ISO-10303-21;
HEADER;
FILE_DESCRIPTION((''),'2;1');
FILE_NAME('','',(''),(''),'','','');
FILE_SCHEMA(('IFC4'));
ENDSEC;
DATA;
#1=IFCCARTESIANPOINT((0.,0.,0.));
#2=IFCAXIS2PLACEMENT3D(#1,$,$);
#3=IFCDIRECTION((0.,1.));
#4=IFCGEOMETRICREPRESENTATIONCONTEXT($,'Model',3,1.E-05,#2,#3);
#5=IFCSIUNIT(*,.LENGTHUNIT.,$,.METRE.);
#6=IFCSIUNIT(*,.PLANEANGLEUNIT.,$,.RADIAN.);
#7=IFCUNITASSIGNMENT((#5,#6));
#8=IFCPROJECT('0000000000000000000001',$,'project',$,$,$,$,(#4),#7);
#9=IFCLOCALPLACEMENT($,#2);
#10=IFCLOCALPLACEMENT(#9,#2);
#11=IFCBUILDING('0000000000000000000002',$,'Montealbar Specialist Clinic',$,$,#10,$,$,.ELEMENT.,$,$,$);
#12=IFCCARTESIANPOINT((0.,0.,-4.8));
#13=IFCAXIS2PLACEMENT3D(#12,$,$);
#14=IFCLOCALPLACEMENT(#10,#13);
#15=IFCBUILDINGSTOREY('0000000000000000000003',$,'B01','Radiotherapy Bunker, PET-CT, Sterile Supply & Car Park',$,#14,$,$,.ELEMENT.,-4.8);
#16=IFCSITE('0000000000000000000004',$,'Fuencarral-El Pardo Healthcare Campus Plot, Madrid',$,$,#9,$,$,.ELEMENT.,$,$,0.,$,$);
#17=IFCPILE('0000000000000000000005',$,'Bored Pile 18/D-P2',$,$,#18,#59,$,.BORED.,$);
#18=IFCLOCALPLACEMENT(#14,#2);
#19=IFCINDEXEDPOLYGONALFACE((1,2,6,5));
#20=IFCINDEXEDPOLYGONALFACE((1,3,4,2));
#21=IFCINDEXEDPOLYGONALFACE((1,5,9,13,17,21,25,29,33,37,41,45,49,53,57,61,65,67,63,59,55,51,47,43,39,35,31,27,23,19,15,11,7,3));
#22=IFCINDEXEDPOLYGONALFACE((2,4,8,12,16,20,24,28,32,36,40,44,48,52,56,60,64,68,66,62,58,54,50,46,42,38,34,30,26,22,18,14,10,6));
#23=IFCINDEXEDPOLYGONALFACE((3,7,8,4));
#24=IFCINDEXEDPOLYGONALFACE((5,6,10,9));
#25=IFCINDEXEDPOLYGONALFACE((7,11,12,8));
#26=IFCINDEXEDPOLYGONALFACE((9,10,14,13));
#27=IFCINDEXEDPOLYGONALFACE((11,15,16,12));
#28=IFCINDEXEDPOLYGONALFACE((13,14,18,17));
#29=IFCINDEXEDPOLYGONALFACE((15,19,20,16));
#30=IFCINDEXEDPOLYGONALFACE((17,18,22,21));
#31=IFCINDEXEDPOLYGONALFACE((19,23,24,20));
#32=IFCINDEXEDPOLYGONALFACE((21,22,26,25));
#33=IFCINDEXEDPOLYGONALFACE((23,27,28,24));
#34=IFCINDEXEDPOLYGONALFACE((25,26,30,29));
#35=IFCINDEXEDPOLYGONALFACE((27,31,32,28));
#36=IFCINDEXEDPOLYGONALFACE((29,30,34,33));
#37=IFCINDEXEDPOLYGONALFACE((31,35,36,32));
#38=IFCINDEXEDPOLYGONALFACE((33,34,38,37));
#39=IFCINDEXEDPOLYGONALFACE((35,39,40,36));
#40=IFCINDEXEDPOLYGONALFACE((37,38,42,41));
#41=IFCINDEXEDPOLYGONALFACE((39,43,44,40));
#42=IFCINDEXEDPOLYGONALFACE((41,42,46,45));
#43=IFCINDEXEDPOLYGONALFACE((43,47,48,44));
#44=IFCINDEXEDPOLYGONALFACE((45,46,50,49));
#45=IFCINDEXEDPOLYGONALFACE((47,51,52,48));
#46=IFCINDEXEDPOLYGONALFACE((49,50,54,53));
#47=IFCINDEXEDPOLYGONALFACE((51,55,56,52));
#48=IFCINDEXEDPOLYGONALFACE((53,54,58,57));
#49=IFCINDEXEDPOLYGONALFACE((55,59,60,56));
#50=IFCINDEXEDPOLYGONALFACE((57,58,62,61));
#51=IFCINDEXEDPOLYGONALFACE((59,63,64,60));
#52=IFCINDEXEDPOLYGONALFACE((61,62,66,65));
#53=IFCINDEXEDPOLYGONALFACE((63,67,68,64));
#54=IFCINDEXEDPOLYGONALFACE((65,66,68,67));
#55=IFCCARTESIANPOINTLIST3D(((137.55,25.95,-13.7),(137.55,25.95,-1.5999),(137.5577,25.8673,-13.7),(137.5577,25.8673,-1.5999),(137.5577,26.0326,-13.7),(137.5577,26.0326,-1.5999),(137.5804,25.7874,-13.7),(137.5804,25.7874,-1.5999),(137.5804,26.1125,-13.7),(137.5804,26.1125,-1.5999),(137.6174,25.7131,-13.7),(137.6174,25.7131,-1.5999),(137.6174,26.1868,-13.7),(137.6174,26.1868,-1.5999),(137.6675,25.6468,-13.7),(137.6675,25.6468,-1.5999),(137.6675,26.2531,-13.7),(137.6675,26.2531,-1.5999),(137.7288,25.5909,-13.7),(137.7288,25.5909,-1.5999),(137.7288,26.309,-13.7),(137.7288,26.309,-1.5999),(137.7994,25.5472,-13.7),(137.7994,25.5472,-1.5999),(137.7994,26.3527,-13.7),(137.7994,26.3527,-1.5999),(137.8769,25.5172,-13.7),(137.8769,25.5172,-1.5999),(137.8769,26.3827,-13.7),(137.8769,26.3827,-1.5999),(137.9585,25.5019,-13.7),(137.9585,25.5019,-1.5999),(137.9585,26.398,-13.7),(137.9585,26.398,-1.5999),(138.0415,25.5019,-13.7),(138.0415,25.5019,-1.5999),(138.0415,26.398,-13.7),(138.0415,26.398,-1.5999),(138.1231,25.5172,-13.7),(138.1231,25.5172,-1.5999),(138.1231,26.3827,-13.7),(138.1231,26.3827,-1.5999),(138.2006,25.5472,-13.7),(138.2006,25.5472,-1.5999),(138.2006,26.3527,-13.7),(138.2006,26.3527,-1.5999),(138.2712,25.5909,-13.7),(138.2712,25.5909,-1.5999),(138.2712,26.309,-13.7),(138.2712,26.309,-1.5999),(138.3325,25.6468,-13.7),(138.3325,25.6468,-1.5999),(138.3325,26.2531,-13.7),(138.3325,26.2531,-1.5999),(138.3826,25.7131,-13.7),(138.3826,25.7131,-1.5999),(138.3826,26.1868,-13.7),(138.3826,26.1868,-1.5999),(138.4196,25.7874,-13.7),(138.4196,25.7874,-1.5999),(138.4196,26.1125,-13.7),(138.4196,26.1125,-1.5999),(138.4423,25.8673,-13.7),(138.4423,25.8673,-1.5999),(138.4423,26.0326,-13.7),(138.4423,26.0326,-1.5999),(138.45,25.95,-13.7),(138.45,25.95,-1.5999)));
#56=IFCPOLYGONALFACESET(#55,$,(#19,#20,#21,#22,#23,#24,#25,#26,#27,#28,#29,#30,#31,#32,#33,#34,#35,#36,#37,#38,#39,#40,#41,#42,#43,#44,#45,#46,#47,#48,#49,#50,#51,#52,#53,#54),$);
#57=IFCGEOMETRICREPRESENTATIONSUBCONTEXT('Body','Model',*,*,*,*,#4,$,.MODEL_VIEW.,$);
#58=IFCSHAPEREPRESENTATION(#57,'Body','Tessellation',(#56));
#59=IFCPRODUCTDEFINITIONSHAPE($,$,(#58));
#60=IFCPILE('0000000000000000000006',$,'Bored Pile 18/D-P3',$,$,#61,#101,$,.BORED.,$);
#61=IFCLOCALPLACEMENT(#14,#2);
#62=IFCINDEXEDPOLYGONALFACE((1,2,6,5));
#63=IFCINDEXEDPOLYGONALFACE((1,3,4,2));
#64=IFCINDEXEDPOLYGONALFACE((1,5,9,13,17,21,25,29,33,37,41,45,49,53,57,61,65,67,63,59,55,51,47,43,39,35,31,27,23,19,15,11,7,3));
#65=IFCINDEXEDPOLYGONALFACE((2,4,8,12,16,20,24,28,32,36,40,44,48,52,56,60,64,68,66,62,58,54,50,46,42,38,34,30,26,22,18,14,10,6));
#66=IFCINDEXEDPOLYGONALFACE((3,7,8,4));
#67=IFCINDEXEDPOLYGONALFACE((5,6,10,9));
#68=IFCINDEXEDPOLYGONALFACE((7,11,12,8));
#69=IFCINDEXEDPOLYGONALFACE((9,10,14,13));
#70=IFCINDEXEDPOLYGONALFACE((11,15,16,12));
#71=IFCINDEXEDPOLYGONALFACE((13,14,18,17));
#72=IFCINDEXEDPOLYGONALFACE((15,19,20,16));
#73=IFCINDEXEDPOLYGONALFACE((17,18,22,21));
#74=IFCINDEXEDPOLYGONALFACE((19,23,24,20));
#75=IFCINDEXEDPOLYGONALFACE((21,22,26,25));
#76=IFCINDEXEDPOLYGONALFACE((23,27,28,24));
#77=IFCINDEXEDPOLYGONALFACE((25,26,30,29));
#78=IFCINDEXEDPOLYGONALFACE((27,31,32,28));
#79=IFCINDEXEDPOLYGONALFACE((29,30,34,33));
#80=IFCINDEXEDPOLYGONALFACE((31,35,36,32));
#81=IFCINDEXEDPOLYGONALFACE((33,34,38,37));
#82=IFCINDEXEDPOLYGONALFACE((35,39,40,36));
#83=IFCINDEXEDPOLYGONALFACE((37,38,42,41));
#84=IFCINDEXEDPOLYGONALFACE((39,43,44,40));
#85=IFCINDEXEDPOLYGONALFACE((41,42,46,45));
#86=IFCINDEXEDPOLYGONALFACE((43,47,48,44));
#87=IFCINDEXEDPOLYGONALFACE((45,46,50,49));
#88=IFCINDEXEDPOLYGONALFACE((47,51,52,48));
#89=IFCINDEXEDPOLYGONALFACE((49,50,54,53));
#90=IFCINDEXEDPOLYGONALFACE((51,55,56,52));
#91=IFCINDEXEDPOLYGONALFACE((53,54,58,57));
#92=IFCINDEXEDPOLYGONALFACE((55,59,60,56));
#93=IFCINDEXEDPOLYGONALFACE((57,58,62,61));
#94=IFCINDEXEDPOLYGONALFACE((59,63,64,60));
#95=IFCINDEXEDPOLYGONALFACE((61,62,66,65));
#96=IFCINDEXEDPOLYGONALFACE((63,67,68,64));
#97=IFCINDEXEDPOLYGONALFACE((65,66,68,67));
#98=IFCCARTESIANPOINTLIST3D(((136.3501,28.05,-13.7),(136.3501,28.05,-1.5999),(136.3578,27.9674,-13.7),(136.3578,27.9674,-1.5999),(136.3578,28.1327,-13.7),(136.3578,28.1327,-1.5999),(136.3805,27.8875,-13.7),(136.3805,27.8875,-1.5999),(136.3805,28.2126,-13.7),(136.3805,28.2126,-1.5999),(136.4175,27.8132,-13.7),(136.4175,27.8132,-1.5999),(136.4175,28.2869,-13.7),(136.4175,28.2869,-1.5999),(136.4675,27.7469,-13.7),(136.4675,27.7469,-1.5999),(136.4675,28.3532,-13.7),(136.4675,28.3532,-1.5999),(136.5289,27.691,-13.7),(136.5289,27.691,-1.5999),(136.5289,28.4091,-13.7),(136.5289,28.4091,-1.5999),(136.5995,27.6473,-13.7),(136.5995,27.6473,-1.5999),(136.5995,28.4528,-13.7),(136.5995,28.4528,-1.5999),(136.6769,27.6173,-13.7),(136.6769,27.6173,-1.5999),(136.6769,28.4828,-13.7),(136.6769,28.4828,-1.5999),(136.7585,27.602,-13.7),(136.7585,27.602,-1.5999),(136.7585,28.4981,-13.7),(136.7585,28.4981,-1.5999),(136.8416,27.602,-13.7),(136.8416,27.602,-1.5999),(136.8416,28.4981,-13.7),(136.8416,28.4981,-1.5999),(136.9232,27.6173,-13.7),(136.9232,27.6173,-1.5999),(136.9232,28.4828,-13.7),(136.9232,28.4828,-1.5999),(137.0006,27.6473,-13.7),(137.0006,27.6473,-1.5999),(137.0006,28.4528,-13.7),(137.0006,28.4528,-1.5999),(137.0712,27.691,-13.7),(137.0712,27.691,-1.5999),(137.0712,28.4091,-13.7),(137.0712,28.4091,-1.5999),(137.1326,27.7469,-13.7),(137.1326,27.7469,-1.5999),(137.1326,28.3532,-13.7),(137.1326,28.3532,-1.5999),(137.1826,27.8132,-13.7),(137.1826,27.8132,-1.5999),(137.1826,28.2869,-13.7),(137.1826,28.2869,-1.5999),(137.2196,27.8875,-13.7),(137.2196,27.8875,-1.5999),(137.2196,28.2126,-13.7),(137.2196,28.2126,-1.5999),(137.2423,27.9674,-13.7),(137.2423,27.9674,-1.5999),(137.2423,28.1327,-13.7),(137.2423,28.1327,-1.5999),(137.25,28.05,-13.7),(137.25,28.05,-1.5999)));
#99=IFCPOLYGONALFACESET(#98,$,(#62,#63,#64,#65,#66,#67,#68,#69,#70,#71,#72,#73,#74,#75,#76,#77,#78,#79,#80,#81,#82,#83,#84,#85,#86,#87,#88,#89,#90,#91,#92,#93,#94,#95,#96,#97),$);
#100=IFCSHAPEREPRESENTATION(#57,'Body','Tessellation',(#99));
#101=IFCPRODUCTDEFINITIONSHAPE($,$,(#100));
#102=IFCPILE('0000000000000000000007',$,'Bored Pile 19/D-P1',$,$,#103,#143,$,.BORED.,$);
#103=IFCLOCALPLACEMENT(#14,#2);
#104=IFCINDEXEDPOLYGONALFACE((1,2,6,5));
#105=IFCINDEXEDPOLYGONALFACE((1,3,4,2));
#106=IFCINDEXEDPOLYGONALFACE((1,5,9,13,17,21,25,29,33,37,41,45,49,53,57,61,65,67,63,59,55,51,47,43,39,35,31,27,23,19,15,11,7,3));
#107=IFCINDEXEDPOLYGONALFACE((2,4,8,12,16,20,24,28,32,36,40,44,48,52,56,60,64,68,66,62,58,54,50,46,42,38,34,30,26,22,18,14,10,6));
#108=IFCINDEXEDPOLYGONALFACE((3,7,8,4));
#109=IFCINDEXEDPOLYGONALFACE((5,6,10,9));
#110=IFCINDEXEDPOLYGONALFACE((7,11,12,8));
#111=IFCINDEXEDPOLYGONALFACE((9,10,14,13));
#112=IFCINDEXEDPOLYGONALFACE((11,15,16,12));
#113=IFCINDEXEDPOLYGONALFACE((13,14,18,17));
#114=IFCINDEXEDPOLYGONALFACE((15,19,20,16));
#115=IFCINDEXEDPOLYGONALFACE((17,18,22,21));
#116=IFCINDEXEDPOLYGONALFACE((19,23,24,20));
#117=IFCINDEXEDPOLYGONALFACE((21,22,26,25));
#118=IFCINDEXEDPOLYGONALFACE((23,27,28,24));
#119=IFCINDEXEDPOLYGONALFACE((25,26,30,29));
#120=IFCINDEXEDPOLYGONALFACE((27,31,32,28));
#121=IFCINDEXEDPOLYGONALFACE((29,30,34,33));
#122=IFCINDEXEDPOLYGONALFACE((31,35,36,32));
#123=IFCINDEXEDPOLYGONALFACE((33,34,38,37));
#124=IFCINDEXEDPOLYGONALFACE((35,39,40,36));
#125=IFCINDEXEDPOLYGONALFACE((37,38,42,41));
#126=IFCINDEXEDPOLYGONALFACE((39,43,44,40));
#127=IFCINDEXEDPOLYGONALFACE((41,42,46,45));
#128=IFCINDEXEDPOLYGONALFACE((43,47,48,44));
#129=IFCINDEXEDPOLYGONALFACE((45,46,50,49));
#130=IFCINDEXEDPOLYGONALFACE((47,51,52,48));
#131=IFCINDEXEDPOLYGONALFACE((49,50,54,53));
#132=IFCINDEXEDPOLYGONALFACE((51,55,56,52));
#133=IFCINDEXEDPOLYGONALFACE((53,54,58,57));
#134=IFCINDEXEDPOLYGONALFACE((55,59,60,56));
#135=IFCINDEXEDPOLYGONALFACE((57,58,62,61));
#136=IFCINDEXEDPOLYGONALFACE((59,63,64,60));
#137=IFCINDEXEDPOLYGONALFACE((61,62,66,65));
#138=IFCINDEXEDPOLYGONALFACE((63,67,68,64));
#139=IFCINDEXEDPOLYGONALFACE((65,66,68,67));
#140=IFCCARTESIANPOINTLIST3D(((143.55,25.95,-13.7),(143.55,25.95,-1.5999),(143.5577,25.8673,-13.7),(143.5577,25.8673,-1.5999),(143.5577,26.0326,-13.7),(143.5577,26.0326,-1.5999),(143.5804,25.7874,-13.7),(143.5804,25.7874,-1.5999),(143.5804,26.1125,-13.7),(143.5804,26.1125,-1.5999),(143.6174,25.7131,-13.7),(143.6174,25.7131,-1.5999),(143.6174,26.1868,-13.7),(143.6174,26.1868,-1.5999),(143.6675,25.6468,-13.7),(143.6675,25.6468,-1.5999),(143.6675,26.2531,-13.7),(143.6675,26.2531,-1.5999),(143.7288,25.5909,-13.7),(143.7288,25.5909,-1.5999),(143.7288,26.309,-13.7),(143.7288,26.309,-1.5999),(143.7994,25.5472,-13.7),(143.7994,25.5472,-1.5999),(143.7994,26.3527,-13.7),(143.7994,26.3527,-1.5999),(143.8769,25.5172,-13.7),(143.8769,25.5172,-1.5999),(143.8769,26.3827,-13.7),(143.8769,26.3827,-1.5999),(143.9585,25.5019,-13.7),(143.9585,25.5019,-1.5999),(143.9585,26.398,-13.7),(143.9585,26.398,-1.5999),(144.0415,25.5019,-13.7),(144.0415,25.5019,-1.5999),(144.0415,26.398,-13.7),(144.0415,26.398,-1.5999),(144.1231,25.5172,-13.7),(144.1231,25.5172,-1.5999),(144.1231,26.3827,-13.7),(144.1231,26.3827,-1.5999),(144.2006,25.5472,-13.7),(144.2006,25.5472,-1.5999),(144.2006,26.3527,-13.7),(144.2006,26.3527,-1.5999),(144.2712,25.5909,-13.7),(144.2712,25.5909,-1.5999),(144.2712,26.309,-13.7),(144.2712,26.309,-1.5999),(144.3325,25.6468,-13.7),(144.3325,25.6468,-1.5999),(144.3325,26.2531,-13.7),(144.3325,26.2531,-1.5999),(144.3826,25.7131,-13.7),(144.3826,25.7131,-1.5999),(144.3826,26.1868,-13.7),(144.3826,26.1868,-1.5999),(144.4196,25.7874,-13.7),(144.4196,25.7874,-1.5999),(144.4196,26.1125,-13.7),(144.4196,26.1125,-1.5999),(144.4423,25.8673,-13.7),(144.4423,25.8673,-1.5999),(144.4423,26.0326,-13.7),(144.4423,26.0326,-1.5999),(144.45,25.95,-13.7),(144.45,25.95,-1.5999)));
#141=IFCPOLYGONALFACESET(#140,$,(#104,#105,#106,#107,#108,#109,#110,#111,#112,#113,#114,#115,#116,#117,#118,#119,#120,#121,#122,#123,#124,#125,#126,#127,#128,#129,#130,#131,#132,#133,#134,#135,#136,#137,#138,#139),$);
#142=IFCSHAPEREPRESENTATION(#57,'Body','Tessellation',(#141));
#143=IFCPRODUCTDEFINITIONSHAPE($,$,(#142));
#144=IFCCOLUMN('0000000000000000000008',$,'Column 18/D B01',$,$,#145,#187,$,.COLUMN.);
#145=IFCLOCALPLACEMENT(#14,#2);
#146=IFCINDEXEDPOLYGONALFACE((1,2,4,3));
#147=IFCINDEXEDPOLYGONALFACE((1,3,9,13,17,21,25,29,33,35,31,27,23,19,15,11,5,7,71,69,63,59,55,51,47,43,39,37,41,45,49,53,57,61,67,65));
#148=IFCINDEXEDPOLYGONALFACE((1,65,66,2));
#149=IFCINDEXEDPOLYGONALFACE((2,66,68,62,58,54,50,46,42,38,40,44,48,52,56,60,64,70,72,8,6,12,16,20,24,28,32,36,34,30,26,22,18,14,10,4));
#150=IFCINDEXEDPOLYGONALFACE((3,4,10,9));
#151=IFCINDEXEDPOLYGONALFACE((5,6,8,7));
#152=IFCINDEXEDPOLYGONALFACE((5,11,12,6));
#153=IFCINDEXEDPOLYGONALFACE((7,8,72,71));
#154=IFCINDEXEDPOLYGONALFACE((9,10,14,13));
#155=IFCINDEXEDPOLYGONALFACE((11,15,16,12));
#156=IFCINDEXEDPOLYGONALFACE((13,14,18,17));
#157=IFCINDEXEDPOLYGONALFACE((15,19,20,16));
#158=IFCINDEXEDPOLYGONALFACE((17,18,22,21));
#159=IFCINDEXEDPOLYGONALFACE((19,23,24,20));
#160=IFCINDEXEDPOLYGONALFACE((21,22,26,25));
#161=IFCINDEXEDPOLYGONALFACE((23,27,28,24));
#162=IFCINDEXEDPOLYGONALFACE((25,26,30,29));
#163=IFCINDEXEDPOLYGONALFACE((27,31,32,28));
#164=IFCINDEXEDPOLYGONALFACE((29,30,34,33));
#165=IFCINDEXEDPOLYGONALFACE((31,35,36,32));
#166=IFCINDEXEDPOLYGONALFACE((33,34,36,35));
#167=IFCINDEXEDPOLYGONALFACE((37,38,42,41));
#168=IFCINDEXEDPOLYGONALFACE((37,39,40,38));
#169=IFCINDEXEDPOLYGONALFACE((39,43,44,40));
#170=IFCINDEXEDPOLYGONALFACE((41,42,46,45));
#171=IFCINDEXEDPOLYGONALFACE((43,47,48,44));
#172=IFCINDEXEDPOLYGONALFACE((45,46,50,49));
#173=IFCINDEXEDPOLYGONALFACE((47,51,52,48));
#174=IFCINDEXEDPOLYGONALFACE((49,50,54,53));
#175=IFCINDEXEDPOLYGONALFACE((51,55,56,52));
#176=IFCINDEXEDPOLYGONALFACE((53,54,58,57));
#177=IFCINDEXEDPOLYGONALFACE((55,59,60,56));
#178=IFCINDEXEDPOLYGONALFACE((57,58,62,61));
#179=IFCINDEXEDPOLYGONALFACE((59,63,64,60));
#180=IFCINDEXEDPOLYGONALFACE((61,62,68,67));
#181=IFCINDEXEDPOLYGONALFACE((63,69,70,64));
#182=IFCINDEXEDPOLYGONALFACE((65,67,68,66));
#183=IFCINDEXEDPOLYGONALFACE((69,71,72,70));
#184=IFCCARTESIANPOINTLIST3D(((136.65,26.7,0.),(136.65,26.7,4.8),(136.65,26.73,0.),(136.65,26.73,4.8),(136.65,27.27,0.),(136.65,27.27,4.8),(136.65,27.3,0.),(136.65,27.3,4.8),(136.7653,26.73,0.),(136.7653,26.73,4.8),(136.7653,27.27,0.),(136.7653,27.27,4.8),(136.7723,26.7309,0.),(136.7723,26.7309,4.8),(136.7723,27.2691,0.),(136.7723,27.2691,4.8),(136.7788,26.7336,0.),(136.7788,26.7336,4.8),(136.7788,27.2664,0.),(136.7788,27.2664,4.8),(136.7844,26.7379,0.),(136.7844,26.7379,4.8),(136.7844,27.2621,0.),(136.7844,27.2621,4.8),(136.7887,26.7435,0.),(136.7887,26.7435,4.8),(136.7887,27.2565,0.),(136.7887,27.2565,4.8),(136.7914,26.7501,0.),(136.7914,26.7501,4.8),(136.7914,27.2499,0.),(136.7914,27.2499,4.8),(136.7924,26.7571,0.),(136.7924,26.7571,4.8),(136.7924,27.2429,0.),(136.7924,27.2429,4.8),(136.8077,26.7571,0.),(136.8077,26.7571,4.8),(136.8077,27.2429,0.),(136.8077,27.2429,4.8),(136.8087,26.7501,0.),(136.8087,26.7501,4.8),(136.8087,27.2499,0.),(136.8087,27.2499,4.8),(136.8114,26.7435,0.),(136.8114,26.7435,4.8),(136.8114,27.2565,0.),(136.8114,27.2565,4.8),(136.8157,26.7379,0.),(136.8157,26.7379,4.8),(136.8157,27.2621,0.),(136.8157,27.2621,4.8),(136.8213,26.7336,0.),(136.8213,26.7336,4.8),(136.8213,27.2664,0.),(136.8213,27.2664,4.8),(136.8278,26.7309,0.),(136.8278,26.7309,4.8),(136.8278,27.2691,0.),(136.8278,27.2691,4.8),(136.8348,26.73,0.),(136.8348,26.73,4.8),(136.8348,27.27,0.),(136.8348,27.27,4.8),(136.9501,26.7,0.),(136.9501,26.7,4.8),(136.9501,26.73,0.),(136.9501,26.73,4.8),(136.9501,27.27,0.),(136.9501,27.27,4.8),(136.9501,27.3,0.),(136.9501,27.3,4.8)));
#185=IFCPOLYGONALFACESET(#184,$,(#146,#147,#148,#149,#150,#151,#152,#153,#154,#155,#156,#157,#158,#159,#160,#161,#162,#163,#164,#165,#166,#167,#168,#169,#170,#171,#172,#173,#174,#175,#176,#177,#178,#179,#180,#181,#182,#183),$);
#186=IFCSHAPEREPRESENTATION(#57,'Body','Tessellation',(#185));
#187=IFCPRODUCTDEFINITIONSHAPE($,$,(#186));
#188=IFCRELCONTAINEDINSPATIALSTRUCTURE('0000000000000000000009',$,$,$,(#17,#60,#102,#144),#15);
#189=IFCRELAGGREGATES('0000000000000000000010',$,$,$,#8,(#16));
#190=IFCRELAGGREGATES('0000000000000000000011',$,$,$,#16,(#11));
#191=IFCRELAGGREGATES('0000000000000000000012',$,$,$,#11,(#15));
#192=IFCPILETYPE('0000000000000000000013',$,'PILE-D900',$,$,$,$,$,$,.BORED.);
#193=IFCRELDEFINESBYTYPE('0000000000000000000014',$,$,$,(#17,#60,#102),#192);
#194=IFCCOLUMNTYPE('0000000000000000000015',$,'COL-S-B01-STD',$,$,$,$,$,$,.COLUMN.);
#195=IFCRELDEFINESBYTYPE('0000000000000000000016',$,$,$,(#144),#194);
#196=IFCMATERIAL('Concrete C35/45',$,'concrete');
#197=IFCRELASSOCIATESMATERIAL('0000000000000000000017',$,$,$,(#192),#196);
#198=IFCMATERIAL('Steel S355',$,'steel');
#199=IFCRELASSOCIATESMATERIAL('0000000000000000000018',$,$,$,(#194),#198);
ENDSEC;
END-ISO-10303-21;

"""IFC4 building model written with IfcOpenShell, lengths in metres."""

from ifc_helpers import new_model, si_unit, direction, frame, origin, origin_2d, place, context, subcontext, project, spatial, circle, i_section, extrude, material, material_profile, profile_set, type_object, element, save


model = new_model("IFC4")

# Units and contexts
model_context = context("Model", 3, precision=1e-05, world=origin(), true_north=direction((0.0, 1.0)))
body_context = subcontext(model_context, "Body", "Model", "MODEL_VIEW")
ifc_project = project(units=[si_unit("LENGTHUNIT", "METRE"), si_unit("PLANEANGLEUNIT", "RADIAN")], contexts=[model_context])

# Site, building, storey
site_placement = place(None, origin())
site = spatial("IfcSite", under=ifc_project, at=site_placement, Name="Fuencarral-El Pardo Healthcare Campus Plot, Madrid", CompositionType="ELEMENT", RefElevation=0.0)
building_placement = place(site_placement, origin())
building = spatial("IfcBuilding", under=site, at=building_placement, Name="Montealbar Specialist Clinic", CompositionType="ELEMENT")
storey_placement = place(building_placement, frame((0.0, 0.0, -4.8)))
storey = spatial("IfcBuildingStorey", under=building, at=storey_placement, Name="B01", Description="Radiotherapy Bunker, PET-CT, Sterile Supply & Car Park", CompositionType="ELEMENT", Elevation=-4.8)

# Shared definitions
ifc_material_1 = material(Name="Concrete C35/45", Category="concrete")

# Piles
ifc_material_profile_1 = material_profile(ifc_material_1, circle(Radius=0.45, at=origin_2d()), Name="PILE D900", Category="concrete")
ifc_profile_set_1 = profile_set([ifc_material_profile_1], Name="Concrete C35/45")
pile_type_1 = type_object("IfcPileType", Name="PILE-D900", PredefinedType="BORED", material=ifc_profile_set_1)
for number, where, z_axis, x_axis, name in (
    (1, (138.0, 25.95, -1.5999), (0.0, 0.0, -1.0), (1.0, 0.0, 0.0), "Bored Pile 18/D-P2"),
    (2, (136.8, 28.05, -1.5999), (0.0, 0.0, -1.0), (1.0, 0.0, 0.0), "Bored Pile 18/D-P3"),
    (3, (144.0, 25.95, -1.5999), (0.0, 0.0, -1.0), (1.0, 0.0, 0.0), "Bored Pile 19/D-P1"),
):
    element("IfcPile", number, at=place(storey_placement, frame(where, z_axis=z_axis, x_axis=x_axis)), inside=storey, type_object=pile_type_1, Name=name, PredefinedType="BORED", context=body_context, shape_type="SweptSolid", body=[
        extrude(circle(Radius=0.45, at=origin_2d()), origin(), (0.0, 0.0, 1.0), 12.1001),
    ])

# Column
ifc_material_2 = material(Name="Steel S355", Category="steel")
ifc_material_profile_2 = material_profile(ifc_material_2, i_section(OverallWidth=0.3, OverallDepth=0.6001, WebThickness=0.0154, FlangeThickness=0.03, FilletRadius=0.0271, at=origin_2d()), Name="HEB 600", Category="steel")
ifc_profile_set_2 = profile_set([ifc_material_profile_2], Name="Steel S355")
column_type_1 = type_object("IfcColumnType", Name="COL-S-B01-STD", PredefinedType="COLUMN", material=ifc_profile_set_2)
for number, where, z_axis, x_axis, name in (
    (4, (136.8, 27.0, 0.0), (0.0, 0.0, 1.0), (1.0, 0.0, 0.0), "Column 18/D B01"),
):
    element("IfcColumn", number, at=place(storey_placement, frame(where, z_axis=z_axis, x_axis=x_axis)), inside=storey, type_object=column_type_1, Name=name, PredefinedType="COLUMN", context=body_context, shape_type="SweptSolid", body=[
        extrude(i_section(OverallWidth=0.3, OverallDepth=0.6001, WebThickness=0.0154, FlangeThickness=0.03, FilletRadius=0.0271, at=origin_2d()), origin(), (0.0, 0.0, 1.0), 4.8),
    ])

save(model, "model.ifc")
